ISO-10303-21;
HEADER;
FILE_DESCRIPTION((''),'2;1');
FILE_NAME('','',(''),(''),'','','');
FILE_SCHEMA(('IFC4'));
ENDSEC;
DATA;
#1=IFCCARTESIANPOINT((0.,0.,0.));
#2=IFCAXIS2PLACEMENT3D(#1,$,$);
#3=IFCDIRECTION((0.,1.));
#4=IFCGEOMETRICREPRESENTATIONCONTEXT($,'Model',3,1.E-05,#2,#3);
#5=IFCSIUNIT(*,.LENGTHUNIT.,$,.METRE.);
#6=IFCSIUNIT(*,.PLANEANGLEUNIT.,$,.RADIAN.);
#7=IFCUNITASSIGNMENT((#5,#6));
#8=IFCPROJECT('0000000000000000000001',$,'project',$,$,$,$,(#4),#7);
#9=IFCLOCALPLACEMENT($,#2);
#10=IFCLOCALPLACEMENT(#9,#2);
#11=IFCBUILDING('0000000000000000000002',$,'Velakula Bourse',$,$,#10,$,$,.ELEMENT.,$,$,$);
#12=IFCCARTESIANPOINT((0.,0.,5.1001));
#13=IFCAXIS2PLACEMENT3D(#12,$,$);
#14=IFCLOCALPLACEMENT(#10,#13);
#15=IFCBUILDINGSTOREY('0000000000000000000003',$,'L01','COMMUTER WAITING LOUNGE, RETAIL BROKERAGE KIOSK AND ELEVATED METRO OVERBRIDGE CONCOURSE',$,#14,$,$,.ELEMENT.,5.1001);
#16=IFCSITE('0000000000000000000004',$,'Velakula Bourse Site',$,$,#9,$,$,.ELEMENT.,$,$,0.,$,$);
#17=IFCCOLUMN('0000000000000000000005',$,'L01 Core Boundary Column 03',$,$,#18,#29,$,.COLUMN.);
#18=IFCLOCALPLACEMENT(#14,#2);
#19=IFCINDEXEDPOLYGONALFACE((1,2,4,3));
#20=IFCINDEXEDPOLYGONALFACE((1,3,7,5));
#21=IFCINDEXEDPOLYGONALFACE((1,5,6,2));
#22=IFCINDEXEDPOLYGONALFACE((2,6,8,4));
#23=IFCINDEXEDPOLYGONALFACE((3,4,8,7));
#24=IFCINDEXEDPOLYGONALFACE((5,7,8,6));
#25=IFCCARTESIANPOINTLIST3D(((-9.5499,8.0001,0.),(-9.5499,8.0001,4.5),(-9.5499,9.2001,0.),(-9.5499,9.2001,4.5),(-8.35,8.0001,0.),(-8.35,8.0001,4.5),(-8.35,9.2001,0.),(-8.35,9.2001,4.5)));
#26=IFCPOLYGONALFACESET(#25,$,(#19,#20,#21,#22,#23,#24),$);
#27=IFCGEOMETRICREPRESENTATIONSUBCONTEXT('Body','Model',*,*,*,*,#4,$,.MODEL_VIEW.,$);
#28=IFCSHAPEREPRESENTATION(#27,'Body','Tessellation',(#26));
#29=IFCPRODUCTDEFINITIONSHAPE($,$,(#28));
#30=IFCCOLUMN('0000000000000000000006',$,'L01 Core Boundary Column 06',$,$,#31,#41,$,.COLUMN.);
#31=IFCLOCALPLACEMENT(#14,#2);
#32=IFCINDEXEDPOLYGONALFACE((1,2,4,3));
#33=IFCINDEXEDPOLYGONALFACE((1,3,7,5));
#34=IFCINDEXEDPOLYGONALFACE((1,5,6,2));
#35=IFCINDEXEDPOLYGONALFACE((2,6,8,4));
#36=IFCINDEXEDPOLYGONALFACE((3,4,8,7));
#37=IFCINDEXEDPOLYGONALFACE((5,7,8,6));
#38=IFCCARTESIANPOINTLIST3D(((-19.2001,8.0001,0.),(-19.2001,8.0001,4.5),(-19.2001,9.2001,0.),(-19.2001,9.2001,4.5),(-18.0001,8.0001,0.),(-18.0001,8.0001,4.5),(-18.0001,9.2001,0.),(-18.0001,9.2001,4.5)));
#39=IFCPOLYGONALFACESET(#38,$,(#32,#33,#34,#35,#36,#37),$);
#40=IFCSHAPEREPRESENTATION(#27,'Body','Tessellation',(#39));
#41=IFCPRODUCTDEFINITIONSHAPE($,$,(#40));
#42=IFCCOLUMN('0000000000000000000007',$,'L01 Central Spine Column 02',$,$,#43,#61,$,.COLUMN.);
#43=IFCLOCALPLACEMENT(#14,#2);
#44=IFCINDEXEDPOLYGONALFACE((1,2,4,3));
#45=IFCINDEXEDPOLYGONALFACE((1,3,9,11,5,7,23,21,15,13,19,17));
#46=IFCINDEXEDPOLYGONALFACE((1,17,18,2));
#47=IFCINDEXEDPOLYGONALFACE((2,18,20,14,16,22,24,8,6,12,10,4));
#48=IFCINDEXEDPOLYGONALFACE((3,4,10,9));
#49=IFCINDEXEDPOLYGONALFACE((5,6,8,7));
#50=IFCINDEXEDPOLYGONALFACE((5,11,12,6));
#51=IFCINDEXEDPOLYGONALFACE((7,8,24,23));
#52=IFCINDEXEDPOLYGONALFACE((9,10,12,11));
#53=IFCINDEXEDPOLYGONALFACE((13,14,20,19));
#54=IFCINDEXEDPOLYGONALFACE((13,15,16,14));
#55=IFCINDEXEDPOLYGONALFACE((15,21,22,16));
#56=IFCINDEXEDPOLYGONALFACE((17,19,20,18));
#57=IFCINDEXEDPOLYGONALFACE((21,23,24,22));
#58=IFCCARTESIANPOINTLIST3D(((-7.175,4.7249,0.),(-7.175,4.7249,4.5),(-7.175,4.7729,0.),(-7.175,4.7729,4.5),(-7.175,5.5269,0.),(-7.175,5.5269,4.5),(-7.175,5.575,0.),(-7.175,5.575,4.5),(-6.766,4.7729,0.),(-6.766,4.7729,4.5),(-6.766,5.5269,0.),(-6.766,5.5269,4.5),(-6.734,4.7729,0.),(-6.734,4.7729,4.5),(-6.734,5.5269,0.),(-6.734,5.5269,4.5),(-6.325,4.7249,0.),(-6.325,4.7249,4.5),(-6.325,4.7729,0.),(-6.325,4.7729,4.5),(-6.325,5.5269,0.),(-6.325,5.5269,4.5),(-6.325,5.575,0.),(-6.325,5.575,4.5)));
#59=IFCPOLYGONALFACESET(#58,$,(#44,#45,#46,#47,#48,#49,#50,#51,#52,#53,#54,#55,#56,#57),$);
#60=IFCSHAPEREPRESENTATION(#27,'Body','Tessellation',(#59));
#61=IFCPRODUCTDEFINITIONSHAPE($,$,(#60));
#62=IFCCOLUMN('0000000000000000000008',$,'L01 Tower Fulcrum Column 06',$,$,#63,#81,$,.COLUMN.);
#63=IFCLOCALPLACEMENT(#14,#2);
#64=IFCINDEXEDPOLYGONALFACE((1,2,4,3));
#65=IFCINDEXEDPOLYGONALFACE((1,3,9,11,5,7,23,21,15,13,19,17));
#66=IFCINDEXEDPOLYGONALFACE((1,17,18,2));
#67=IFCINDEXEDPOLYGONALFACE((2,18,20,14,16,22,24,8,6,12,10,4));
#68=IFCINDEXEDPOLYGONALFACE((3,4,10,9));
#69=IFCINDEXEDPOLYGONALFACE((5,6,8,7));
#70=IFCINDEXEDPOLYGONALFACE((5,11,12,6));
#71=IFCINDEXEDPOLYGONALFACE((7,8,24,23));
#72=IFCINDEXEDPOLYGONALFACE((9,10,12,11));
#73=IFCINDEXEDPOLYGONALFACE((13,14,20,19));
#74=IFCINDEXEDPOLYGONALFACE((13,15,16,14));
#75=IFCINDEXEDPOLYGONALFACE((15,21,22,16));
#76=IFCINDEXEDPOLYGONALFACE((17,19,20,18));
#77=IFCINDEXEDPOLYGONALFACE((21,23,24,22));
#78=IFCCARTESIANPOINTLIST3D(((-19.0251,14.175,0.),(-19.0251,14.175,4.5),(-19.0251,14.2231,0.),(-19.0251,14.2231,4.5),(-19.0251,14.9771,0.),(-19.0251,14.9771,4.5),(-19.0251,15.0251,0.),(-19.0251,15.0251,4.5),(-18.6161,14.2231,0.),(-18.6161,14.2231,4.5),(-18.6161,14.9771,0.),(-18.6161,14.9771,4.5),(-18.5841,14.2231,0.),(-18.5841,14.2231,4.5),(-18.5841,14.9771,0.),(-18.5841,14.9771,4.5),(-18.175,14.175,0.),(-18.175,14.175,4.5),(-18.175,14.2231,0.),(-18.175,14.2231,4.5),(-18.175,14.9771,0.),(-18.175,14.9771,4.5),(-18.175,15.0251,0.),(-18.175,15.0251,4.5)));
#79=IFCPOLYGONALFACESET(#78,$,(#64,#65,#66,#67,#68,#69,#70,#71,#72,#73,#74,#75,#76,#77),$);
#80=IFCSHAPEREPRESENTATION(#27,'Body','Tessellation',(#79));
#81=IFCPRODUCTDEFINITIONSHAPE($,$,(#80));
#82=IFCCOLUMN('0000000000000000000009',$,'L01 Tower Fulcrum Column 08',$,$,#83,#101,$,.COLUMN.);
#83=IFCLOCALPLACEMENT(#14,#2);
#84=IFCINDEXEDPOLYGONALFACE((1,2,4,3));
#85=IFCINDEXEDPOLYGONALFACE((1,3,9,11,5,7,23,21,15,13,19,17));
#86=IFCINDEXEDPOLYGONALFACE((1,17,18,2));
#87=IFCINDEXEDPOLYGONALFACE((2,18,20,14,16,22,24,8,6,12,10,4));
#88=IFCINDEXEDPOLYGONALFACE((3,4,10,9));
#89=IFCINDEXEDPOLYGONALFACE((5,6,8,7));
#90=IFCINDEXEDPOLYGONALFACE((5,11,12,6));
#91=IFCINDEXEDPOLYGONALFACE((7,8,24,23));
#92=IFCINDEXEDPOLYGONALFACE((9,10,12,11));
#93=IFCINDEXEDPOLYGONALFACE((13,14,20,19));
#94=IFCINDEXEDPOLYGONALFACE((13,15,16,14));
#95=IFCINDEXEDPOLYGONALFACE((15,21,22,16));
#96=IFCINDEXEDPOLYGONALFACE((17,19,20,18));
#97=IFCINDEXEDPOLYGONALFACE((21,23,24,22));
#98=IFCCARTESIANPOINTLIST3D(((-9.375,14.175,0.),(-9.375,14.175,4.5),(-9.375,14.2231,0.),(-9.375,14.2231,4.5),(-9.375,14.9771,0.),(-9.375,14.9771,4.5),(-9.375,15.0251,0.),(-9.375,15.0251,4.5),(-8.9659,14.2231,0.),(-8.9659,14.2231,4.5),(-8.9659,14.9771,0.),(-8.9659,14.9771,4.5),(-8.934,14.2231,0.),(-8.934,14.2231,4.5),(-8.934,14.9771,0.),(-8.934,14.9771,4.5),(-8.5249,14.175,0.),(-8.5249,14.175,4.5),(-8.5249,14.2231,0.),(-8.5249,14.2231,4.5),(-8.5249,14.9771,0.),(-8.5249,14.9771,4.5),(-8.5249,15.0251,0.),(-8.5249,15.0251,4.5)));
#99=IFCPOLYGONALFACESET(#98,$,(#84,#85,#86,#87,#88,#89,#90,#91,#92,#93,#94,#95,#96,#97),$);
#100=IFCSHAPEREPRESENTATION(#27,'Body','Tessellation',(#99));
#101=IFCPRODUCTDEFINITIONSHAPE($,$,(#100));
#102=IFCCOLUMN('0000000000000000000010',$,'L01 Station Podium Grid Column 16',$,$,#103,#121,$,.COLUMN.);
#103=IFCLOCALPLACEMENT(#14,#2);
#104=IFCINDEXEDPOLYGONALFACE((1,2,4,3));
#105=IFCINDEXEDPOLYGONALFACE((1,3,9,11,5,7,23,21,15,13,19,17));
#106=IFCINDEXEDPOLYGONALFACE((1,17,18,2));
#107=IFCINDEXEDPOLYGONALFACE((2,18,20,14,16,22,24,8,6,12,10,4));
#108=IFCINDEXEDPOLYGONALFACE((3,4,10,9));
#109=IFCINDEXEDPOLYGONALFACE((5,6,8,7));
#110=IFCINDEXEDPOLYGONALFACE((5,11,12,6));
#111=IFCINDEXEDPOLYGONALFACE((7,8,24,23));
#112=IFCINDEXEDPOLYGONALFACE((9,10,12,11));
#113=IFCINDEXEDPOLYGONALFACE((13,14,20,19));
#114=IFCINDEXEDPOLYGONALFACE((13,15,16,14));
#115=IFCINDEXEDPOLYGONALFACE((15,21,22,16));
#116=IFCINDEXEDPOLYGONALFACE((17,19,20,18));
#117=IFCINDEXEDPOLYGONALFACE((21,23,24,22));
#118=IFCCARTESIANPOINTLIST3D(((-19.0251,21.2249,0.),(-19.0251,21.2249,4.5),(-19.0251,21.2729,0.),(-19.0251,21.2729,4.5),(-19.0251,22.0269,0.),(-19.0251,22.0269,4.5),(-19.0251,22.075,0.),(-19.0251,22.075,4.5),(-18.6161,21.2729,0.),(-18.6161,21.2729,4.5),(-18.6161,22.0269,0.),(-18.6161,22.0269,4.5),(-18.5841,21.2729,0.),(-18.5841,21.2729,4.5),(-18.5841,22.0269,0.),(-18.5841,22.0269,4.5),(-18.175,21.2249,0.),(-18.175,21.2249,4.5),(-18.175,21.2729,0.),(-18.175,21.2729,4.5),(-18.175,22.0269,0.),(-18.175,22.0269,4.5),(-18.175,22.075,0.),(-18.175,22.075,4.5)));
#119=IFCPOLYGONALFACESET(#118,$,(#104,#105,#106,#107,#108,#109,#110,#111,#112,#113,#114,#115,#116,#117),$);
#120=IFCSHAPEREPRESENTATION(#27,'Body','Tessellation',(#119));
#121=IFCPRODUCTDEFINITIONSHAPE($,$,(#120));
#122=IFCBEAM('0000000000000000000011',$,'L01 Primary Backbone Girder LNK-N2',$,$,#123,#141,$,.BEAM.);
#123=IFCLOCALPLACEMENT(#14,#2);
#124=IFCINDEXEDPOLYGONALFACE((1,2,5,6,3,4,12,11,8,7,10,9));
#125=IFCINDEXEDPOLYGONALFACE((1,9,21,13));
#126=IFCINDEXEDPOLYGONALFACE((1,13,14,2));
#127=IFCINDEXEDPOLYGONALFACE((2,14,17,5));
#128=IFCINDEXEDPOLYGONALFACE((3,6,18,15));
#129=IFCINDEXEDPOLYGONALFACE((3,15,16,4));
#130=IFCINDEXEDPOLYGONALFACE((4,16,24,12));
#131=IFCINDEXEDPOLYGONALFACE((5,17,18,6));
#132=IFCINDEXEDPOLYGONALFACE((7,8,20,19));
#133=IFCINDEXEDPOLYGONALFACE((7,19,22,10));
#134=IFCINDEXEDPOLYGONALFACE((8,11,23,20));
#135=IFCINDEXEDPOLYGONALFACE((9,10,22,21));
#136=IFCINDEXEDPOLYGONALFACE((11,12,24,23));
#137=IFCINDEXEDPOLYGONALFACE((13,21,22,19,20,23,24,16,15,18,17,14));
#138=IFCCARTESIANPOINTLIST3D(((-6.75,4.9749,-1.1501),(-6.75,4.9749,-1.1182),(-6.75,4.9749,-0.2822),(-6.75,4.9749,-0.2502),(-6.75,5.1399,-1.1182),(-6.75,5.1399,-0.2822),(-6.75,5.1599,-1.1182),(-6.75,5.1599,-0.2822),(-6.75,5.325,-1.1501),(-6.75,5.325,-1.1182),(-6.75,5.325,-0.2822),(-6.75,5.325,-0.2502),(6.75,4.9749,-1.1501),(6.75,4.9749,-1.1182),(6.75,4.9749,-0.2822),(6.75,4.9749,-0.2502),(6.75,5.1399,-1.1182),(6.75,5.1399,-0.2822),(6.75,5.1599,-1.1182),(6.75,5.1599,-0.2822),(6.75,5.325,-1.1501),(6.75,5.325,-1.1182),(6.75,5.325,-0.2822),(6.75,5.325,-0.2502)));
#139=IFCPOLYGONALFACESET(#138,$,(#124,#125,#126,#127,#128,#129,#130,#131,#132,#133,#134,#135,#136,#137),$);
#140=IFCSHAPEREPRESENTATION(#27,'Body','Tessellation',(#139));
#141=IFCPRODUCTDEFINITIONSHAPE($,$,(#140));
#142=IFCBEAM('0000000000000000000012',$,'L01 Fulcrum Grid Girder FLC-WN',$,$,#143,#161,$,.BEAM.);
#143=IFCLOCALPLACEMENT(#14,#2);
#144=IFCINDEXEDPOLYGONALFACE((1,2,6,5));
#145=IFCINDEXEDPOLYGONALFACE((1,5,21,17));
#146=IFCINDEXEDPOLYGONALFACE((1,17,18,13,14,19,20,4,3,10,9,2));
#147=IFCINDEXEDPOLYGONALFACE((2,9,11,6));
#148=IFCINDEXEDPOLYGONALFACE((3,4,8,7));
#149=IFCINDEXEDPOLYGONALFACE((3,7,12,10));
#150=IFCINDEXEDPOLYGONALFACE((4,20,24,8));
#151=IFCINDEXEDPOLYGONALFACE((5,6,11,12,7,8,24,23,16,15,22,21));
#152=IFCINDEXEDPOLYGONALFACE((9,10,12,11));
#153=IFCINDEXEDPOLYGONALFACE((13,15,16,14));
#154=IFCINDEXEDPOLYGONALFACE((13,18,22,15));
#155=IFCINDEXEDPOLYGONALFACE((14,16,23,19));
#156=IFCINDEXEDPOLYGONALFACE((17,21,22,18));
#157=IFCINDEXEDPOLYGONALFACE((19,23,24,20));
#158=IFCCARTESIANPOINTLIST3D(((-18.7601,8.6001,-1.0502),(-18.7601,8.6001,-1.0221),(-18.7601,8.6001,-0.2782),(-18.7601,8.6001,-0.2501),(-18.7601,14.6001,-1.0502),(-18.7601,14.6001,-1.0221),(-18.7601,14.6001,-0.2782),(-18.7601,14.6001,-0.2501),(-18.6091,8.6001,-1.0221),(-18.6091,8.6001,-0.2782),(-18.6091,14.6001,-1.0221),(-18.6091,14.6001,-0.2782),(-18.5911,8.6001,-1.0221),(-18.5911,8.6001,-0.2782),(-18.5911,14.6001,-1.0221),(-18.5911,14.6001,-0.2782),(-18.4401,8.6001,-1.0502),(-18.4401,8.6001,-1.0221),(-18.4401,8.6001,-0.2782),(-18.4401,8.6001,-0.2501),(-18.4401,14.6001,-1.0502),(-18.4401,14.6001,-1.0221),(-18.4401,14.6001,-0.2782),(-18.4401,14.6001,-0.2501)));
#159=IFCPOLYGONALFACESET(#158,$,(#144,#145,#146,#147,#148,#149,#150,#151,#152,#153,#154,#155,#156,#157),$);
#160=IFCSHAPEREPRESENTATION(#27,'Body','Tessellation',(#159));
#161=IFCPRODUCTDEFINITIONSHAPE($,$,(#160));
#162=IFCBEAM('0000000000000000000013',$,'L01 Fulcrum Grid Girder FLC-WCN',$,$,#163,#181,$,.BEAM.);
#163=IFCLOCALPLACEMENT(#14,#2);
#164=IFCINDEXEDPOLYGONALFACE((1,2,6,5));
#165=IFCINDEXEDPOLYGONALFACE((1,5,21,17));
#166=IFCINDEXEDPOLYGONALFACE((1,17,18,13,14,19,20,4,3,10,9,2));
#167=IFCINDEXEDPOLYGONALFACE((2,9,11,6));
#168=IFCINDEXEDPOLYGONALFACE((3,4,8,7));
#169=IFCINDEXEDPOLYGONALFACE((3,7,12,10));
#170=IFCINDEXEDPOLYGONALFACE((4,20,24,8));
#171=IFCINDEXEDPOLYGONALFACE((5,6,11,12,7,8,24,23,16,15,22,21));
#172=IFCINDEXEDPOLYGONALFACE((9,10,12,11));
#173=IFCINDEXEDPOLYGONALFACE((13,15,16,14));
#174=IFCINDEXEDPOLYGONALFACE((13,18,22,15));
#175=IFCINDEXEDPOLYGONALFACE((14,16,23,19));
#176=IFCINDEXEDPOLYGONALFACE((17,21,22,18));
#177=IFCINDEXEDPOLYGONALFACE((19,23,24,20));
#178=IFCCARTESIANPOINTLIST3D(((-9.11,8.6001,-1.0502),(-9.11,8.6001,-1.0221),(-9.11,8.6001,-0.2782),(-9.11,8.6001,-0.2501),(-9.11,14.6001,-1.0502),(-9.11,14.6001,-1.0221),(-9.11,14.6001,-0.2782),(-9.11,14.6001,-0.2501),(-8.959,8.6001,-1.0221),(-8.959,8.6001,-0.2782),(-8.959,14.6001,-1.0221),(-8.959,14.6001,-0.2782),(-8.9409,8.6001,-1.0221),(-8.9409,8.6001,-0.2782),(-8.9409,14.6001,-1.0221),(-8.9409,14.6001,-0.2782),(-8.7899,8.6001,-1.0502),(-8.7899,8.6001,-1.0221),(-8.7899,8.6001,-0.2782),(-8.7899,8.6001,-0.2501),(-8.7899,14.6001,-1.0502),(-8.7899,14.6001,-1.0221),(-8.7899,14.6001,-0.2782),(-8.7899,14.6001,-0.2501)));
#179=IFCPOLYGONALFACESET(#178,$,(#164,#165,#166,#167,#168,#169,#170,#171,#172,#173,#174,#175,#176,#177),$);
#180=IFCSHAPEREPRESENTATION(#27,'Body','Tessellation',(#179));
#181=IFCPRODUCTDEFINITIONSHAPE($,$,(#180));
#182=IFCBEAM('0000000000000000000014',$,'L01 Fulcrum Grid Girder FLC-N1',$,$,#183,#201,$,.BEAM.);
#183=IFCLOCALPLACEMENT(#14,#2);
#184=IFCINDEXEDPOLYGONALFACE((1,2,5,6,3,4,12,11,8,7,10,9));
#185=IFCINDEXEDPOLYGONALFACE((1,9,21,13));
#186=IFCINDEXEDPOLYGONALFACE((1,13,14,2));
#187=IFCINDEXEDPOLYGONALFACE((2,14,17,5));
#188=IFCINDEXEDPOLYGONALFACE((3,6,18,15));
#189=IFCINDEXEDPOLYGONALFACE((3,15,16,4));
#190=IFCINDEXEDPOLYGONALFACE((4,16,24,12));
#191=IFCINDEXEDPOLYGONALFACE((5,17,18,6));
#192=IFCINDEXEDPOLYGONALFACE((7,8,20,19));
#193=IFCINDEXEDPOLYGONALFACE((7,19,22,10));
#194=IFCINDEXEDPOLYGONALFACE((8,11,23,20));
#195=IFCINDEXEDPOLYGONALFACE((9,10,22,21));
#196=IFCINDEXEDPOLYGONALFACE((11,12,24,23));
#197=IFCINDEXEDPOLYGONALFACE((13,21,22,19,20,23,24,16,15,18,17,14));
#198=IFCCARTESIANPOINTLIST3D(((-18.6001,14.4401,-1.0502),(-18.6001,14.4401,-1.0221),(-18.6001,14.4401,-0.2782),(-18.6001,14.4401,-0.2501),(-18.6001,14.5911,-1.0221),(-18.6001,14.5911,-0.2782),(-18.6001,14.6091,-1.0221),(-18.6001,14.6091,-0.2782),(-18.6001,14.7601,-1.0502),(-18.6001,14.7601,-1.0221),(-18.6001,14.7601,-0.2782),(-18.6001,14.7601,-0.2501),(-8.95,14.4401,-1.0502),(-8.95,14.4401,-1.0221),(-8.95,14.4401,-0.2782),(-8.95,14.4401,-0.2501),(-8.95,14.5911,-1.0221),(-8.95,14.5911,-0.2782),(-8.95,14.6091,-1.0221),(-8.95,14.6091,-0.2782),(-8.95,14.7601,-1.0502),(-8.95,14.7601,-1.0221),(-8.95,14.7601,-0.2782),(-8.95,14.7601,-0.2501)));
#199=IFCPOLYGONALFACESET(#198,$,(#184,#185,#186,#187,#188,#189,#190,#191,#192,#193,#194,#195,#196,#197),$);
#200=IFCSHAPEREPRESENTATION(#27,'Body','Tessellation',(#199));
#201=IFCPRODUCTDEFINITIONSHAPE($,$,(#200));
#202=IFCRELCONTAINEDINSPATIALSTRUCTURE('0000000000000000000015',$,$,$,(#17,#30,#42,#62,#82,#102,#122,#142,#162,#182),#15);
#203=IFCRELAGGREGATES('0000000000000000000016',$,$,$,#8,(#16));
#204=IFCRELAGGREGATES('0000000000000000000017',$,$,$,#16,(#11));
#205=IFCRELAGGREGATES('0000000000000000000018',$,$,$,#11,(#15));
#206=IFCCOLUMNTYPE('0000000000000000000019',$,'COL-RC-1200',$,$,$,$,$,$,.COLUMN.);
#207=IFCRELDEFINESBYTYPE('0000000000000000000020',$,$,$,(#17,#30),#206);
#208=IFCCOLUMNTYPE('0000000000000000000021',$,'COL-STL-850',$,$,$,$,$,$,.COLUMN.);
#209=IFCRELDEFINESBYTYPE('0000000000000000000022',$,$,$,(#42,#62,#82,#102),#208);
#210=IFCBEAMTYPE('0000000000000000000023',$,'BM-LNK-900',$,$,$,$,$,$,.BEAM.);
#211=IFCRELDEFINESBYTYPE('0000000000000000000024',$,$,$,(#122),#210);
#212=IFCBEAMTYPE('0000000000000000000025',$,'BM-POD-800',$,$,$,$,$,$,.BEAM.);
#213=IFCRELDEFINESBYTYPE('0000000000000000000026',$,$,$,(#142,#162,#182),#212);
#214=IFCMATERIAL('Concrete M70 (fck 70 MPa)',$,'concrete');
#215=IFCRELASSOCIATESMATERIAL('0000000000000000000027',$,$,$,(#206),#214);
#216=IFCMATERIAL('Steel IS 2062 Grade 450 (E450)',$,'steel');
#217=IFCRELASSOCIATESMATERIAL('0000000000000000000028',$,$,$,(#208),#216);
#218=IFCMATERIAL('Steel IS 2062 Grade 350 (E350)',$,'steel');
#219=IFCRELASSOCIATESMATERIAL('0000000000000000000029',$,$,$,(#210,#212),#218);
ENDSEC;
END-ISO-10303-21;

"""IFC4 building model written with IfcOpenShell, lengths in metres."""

from ifc_helpers import new_model, si_unit, direction, frame, origin, origin_2d, place, context, subcontext, project, spatial, rectangle, i_section, extrude, material, material_profile, profile_set, type_object, element, save


model = new_model("IFC4")

# Units and contexts
model_context = context("Model", 3, precision=1e-05, world=origin(), true_north=direction((0.0, 1.0)))
body_context = subcontext(model_context, "Body", "Model", "MODEL_VIEW")
ifc_project = project(units=[si_unit("LENGTHUNIT", "METRE"), si_unit("PLANEANGLEUNIT", "RADIAN")], contexts=[model_context])

# Site, building, storey
site_placement = place(None, origin())
site = spatial("IfcSite", under=ifc_project, at=site_placement, Name="Velakula Bourse Site", CompositionType="ELEMENT", RefElevation=0.0)
building_placement = place(site_placement, origin())
building = spatial("IfcBuilding", under=site, at=building_placement, Name="Velakula Bourse", CompositionType="ELEMENT")
storey_placement = place(building_placement, frame((0.0, 0.0, 5.1001)))
storey = spatial("IfcBuildingStorey", under=building, at=storey_placement, Name="L01", Description="COMMUTER WAITING LOUNGE, RETAIL BROKERAGE KIOSK AND ELEVATED METRO OVERBRIDGE CONCOURSE", CompositionType="ELEMENT", Elevation=5.1001)

# Columns
ifc_material_1 = material(Name="Concrete M70 (fck 70 MPa)", Category="concrete")
ifc_material_profile_1 = material_profile(ifc_material_1, rectangle(XDim=1.2, YDim=1.2, at=origin_2d()), Name="Concrete M70 (fck 70 MPa)")
ifc_profile_set_1 = profile_set([ifc_material_profile_1], Name="Concrete M70 (fck 70 MPa)")
column_type_1 = type_object("IfcColumnType", Name="COL-RC-1200", PredefinedType="COLUMN", material=ifc_profile_set_1)
for number, where, z_axis, x_axis, name in (
    (1, (-8.95, 8.6001, 0.0), (0.0, 0.0, 1.0), (1.0, 0.0, 0.0), "L01 Core Boundary Column 03"),
    (2, (-18.6001, 8.6001, 0.0), (0.0, 0.0, 1.0), (1.0, 0.0, 0.0), "L01 Core Boundary Column 06"),
):
    element("IfcColumn", number, at=place(storey_placement, frame(where, z_axis=z_axis, x_axis=x_axis)), inside=storey, type_object=column_type_1, Name=name, PredefinedType="COLUMN", context=body_context, shape_type="SweptSolid", body=[
        extrude(rectangle(XDim=1.2, YDim=1.2, at=origin_2d()), origin(), (0.0, 0.0, 1.0), 4.5),
    ])
ifc_material_2 = material(Name="Steel IS 2062 Grade 450 (E450)", Category="steel")
ifc_material_profile_2 = material_profile(ifc_material_2, i_section(OverallWidth=0.8501, OverallDepth=0.8501, WebThickness=0.032, FlangeThickness=0.0481, at=origin_2d()), Name="Steel IS 2062 Grade 450 (E450)")
ifc_profile_set_2 = profile_set([ifc_material_profile_2], Name="Steel IS 2062 Grade 450 (E450)")
column_type_2 = type_object("IfcColumnType", Name="COL-STL-850", PredefinedType="COLUMN", material=ifc_profile_set_2)
for number, where, z_axis, x_axis, name in (
    (3, (-6.75, 5.1499, 0.0), (0.0, 0.0, 1.0), (1.0, 0.0, 0.0), "L01 Central Spine Column 02"),
    (4, (-18.6001, 14.6001, 0.0), (0.0, 0.0, 1.0), (1.0, 0.0, 0.0), "L01 Tower Fulcrum Column 06"),
    (5, (-8.95, 14.6001, 0.0), (0.0, 0.0, 1.0), (1.0, 0.0, 0.0), "L01 Tower Fulcrum Column 08"),
    (6, (-18.6001, 21.6499, 0.0), (0.0, 0.0, 1.0), (1.0, 0.0, 0.0), "L01 Station Podium Grid Column 16"),
):
    element("IfcColumn", number, at=place(storey_placement, frame(where, z_axis=z_axis, x_axis=x_axis)), inside=storey, type_object=column_type_2, Name=name, PredefinedType="COLUMN", context=body_context, shape_type="SweptSolid", body=[
        extrude(i_section(OverallWidth=0.8501, OverallDepth=0.8501, WebThickness=0.032, FlangeThickness=0.0481, at=origin_2d()), origin(), (0.0, 0.0, 1.0), 4.5),
    ])

# Beams
ifc_material_3 = material(Name="Steel IS 2062 Grade 350 (E350)", Category="steel")
ifc_material_profile_3 = material_profile(ifc_material_3, i_section(OverallWidth=0.3501, OverallDepth=0.8999, WebThickness=0.02, FlangeThickness=0.032, at=origin_2d()), Name="Steel IS 2062 Grade 350 (E350)")
ifc_profile_set_3 = profile_set([ifc_material_profile_3], Name="Steel IS 2062 Grade 350 (E350)")
beam_type_1 = type_object("IfcBeamType", Name="BM-LNK-900", PredefinedType="BEAM", material=ifc_profile_set_3)
beam_1_placement = place(storey_placement, frame((-6.75, 5.1499, -0.7002), z_axis=(1.0, 0.0, 0.0), x_axis=(0.0, 1.0, 0.0)))
element("IfcBeam", 7, at=beam_1_placement, inside=storey, type_object=beam_type_1, Name="L01 Primary Backbone Girder LNK-N2", PredefinedType="BEAM", context=body_context, shape_type="SweptSolid", body=[
    extrude(i_section(OverallWidth=0.3501, OverallDepth=0.8999, WebThickness=0.02, FlangeThickness=0.032, at=origin_2d()), origin(), (0.0, 0.0, 1.0), 13.5),
])
ifc_material_profile_4 = material_profile(ifc_material_3, i_section(OverallWidth=0.3201, OverallDepth=0.8, WebThickness=0.0181, FlangeThickness=0.0281, at=origin_2d()), Name="Steel IS 2062 Grade 350 (E350)")
ifc_profile_set_4 = profile_set([ifc_material_profile_4], Name="Steel IS 2062 Grade 350 (E350)")
beam_type_2 = type_object("IfcBeamType", Name="BM-POD-800", PredefinedType="BEAM", material=ifc_profile_set_4)
for number, where, z_axis, x_axis, name in (
    (8, (-18.6001, 8.6001, -0.6501), (0.0, 1.0, 0.0), (-1.0, 0.0, 0.0), "L01 Fulcrum Grid Girder FLC-WN"),
    (9, (-8.95, 8.6001, -0.6501), (0.0, 1.0, 0.0), (-1.0, 0.0, 0.0), "L01 Fulcrum Grid Girder FLC-WCN"),
):
    element("IfcBeam", number, at=place(storey_placement, frame(where, z_axis=z_axis, x_axis=x_axis)), inside=storey, type_object=beam_type_2, Name=name, PredefinedType="BEAM", context=body_context, shape_type="SweptSolid", body=[
        extrude(i_section(OverallWidth=0.3201, OverallDepth=0.8, WebThickness=0.0181, FlangeThickness=0.0281, at=origin_2d()), origin(), (0.0, 0.0, 1.0), 6.0),
    ])
beam_2_placement = place(storey_placement, frame((-18.6001, 14.6001, -0.6501), z_axis=(1.0, 0.0, 0.0), x_axis=(0.0, 1.0, 0.0)))
element("IfcBeam", 10, at=beam_2_placement, inside=storey, type_object=beam_type_2, Name="L01 Fulcrum Grid Girder FLC-N1", PredefinedType="BEAM", context=body_context, shape_type="SweptSolid", body=[
    extrude(i_section(OverallWidth=0.3201, OverallDepth=0.8, WebThickness=0.0181, FlangeThickness=0.0281, at=origin_2d()), origin(), (0.0, 0.0, 1.0), 9.6501),
])

save(model, "model.ifc")
